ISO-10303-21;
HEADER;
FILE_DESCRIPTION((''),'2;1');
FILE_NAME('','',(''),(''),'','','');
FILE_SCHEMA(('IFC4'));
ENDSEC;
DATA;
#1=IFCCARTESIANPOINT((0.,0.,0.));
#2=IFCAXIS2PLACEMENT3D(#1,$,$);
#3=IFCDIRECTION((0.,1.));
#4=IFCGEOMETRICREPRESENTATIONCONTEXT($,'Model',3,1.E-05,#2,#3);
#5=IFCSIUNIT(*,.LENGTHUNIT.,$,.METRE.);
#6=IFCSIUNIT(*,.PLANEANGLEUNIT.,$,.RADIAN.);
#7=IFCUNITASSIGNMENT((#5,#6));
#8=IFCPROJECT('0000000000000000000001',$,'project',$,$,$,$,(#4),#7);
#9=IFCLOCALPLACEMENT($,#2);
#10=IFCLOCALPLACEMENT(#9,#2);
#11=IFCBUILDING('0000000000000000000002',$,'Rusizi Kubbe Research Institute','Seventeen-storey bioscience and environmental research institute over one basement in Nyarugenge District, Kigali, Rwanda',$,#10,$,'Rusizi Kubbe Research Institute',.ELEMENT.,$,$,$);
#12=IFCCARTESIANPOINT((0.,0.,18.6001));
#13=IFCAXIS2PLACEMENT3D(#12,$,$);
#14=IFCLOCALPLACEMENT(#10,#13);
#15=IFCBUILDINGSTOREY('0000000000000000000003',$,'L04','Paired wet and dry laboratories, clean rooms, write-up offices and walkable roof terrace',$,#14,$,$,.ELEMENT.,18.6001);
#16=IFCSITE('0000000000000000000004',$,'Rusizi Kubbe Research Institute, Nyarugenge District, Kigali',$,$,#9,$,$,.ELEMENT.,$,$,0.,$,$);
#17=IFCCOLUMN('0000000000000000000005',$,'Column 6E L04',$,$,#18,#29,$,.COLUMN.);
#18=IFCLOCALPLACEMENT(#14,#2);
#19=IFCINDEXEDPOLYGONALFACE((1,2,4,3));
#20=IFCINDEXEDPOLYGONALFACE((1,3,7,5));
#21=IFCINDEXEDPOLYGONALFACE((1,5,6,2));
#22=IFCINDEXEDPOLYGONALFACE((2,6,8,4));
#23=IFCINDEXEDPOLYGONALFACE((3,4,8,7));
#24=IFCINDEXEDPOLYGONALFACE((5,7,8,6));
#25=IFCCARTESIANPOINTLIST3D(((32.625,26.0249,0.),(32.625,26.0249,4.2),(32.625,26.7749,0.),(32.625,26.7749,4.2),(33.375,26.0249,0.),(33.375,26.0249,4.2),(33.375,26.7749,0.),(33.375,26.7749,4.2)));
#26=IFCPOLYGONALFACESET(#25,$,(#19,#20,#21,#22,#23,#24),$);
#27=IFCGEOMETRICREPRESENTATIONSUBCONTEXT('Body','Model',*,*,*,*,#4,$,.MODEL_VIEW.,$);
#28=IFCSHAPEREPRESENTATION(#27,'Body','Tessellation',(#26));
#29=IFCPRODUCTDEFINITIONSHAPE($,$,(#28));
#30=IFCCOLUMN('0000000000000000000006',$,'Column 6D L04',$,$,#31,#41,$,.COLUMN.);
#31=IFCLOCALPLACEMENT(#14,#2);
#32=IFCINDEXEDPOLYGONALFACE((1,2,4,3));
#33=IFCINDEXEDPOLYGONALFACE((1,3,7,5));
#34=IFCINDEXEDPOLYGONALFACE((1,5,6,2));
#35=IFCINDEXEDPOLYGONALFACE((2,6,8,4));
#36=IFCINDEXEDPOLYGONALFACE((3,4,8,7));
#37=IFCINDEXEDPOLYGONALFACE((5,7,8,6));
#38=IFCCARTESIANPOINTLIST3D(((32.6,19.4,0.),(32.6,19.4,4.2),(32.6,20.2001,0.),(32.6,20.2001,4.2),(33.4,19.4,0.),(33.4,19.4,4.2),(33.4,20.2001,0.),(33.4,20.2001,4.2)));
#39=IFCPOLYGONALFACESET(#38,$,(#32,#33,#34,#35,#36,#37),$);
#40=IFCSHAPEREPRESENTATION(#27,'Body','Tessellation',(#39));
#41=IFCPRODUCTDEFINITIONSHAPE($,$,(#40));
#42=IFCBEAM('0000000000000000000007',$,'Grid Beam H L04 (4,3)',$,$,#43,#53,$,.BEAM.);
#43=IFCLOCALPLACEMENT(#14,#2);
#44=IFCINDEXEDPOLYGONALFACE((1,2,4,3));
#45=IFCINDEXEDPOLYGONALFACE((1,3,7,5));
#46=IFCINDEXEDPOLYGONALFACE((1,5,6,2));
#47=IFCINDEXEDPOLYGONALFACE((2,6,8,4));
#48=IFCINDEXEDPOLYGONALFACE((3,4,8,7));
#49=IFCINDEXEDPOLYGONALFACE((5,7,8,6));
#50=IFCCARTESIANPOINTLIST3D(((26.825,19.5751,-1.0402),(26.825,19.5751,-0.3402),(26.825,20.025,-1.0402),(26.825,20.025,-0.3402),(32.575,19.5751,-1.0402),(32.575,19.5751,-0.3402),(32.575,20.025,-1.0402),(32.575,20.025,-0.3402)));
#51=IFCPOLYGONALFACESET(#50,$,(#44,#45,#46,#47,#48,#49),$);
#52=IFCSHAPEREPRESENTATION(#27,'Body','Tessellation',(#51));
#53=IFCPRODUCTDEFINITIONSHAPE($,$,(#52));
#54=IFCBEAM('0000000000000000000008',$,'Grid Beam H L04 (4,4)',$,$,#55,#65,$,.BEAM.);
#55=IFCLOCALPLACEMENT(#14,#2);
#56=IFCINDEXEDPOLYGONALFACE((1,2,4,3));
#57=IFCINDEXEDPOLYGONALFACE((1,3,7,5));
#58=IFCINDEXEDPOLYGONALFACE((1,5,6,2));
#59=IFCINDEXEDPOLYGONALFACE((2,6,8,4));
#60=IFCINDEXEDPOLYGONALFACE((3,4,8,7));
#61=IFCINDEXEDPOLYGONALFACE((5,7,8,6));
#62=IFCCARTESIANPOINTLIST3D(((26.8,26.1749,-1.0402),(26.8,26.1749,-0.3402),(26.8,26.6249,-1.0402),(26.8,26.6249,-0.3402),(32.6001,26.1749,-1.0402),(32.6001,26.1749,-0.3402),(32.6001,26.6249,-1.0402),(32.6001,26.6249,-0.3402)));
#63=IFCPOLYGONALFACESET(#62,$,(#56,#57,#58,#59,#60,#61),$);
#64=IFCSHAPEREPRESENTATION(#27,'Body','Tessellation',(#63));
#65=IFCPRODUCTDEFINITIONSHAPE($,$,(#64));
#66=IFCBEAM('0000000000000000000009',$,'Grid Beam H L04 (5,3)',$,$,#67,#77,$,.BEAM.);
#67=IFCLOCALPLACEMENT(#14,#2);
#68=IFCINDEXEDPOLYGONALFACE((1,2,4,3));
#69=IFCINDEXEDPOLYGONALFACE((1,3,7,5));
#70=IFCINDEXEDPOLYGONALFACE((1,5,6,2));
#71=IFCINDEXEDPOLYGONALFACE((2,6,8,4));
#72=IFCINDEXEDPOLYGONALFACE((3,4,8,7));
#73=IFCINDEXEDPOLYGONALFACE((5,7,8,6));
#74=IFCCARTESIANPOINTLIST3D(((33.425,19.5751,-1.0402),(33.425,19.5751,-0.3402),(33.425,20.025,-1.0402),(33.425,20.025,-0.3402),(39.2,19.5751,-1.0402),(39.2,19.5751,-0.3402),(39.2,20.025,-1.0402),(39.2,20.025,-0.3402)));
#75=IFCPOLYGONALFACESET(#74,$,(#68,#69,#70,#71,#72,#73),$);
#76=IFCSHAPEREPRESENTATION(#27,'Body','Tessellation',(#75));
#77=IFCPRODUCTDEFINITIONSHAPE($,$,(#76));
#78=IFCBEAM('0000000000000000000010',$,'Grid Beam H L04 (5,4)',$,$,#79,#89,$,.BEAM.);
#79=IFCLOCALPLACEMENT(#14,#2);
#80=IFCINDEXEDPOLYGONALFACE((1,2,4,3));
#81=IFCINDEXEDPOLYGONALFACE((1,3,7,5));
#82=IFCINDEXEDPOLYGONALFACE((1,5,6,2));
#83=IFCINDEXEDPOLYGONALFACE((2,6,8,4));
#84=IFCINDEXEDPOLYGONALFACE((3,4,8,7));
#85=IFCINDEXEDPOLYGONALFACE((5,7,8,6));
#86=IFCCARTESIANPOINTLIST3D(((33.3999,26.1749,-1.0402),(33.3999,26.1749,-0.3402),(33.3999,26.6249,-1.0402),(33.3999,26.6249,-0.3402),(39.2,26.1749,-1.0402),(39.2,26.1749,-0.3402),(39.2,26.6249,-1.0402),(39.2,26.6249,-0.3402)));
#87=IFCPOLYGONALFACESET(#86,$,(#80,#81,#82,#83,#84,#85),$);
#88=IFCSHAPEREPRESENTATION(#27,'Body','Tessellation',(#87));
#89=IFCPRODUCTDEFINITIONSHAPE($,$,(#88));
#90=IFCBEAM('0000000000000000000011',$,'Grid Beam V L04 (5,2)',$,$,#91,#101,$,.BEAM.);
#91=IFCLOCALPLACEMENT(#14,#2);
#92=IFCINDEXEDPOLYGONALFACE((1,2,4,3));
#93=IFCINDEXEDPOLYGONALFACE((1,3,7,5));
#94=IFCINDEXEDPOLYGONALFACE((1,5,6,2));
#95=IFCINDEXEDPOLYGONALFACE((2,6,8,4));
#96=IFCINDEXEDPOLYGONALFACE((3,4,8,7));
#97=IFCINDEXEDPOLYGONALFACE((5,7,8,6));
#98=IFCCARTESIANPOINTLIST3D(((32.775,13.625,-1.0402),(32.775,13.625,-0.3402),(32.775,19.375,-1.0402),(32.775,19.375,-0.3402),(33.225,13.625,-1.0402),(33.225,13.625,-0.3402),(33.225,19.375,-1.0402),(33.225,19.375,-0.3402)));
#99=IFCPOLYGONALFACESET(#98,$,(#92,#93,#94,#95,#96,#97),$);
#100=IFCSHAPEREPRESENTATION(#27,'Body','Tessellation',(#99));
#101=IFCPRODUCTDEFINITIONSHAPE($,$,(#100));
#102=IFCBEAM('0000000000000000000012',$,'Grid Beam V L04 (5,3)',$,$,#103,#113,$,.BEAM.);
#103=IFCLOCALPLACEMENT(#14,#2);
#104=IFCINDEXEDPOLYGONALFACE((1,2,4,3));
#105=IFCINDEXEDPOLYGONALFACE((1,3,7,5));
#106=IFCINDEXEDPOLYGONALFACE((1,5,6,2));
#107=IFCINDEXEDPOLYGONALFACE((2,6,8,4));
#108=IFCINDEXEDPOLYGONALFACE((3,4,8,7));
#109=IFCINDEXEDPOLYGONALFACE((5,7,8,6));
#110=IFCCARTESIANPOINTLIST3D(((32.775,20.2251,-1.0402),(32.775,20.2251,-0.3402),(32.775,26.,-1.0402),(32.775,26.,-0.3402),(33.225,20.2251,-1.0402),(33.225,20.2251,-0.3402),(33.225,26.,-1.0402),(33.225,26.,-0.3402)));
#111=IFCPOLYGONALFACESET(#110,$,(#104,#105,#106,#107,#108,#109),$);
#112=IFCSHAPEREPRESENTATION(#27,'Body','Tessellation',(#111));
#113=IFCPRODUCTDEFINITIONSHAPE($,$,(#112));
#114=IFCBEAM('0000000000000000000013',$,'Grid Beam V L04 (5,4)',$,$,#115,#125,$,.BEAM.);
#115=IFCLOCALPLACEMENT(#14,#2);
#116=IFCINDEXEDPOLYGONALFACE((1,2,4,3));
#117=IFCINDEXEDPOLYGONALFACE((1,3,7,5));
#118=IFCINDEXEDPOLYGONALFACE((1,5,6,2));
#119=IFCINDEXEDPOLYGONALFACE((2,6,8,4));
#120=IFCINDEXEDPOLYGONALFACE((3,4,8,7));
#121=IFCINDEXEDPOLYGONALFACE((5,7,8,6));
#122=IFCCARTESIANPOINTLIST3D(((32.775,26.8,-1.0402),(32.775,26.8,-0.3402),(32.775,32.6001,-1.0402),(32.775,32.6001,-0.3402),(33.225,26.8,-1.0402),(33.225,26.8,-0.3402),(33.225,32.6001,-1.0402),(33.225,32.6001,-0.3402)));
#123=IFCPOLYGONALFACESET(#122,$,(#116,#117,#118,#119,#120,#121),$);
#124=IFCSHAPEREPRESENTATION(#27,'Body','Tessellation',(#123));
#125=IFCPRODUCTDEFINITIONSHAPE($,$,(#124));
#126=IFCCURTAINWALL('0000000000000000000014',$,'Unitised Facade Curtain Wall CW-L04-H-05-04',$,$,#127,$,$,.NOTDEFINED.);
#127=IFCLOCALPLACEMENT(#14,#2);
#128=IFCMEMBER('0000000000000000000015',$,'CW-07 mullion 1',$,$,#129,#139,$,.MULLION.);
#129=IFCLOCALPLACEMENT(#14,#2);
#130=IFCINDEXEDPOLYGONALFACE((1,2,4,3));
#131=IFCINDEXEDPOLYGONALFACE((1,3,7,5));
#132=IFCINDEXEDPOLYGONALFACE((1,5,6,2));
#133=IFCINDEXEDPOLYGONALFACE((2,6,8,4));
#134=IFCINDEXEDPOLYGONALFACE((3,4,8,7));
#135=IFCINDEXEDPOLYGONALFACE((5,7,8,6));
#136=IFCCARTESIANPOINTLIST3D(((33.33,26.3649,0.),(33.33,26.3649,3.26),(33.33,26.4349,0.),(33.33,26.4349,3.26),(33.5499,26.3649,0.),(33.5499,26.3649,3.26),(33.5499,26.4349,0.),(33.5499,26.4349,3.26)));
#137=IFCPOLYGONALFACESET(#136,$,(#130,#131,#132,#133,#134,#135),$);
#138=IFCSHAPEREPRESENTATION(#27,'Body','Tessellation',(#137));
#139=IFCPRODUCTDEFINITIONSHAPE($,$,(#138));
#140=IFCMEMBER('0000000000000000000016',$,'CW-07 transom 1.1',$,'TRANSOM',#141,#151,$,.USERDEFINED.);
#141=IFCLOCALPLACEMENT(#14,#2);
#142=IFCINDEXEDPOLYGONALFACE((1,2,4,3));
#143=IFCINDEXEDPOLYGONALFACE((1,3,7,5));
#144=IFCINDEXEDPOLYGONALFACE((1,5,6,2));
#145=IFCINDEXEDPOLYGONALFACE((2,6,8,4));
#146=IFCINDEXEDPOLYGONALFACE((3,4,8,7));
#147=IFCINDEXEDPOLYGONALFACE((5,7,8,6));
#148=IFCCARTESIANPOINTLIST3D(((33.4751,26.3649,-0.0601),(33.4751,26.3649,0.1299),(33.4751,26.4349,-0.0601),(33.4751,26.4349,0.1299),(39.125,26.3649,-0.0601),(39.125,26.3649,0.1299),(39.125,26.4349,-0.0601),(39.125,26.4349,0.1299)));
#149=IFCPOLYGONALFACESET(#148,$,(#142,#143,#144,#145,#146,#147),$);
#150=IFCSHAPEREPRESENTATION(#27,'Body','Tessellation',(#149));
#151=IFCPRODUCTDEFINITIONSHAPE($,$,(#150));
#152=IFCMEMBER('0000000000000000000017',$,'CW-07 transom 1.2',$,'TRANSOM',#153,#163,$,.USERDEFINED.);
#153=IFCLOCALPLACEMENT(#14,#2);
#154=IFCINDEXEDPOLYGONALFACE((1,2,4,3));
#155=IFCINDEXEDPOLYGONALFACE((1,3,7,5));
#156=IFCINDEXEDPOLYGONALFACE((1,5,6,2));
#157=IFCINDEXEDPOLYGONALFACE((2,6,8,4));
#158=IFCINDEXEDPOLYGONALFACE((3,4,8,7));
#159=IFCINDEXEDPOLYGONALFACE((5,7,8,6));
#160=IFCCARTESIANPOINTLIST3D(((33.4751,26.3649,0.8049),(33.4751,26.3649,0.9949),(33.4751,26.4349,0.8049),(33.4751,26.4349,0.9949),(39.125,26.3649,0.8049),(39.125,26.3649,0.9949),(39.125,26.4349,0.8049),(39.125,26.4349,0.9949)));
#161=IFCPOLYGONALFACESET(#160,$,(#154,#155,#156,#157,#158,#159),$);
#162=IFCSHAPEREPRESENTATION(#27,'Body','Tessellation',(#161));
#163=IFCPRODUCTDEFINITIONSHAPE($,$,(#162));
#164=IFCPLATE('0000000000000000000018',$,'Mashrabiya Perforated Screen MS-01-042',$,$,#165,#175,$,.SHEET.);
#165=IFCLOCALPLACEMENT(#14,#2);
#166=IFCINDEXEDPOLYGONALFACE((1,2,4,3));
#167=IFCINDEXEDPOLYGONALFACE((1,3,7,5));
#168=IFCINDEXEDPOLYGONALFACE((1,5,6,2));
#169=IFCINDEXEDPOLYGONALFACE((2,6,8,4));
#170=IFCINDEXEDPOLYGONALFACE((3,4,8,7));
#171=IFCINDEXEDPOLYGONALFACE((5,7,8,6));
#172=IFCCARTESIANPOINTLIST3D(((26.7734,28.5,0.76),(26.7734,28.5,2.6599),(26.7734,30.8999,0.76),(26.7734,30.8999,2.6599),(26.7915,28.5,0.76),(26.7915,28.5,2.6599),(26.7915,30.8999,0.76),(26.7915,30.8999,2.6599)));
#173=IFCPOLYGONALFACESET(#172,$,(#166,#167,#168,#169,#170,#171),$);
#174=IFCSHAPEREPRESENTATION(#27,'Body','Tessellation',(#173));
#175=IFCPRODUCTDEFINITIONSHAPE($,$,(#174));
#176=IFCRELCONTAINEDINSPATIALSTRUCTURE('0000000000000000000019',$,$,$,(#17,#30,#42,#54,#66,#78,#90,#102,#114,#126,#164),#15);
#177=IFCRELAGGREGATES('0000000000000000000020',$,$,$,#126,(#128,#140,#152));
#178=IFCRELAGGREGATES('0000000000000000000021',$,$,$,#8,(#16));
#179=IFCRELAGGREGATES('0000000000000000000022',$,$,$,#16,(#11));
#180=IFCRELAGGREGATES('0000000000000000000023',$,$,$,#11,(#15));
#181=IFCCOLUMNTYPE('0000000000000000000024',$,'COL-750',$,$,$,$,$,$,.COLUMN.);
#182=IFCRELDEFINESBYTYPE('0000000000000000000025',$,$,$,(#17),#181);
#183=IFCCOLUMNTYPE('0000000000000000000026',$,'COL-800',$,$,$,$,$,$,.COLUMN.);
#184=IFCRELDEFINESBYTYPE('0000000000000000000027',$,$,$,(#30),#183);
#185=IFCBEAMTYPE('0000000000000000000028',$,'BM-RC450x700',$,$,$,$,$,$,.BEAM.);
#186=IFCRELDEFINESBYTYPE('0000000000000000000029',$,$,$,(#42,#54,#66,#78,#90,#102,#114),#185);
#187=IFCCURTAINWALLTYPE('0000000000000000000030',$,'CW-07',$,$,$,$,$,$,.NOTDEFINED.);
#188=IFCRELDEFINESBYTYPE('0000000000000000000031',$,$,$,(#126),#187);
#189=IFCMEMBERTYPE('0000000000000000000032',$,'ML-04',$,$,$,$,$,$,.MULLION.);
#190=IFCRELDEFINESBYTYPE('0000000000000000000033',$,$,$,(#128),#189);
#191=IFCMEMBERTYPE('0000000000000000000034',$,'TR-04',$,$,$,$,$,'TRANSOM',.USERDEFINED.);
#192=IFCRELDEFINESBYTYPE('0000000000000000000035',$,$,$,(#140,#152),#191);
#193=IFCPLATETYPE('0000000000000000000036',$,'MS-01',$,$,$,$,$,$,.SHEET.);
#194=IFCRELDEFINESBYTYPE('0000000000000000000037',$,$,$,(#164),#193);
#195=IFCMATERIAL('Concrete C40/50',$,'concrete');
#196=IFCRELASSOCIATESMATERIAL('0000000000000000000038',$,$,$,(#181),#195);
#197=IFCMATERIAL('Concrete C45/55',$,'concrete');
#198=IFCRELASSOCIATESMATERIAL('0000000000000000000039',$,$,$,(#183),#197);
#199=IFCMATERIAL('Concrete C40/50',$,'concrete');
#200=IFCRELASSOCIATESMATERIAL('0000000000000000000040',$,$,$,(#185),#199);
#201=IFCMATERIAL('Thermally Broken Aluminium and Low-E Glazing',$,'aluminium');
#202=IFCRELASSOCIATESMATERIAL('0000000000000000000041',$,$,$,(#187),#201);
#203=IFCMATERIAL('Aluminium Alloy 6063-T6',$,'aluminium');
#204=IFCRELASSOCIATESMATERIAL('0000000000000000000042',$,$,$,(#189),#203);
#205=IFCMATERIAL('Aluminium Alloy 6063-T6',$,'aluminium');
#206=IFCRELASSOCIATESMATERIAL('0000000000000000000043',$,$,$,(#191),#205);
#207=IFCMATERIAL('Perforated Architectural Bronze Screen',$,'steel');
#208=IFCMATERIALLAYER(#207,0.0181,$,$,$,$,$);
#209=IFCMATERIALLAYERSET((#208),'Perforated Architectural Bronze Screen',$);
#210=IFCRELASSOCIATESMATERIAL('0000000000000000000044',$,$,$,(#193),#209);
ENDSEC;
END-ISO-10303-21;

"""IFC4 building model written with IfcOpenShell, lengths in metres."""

from ifc_helpers import new_model, si_unit, direction, frame, origin, origin_2d, place, context, subcontext, project, spatial, rectangle, extrude, material, layer, layer_set, material_profile, profile_set, type_object, element, aggregate, save


model = new_model("IFC4")

# Units and contexts
model_context = context("Model", 3, precision=1e-05, world=origin(), true_north=direction((0.0, 1.0)))
body_context = subcontext(model_context, "Body", "Model", "MODEL_VIEW")
ifc_project = project(units=[si_unit("LENGTHUNIT", "METRE"), si_unit("PLANEANGLEUNIT", "RADIAN")], contexts=[model_context])

# Site, building, storey
site_placement = place(None, origin())
site = spatial("IfcSite", under=ifc_project, at=site_placement, Name="Rusizi Kubbe Research Institute, Nyarugenge District, Kigali", CompositionType="ELEMENT", RefElevation=0.0)
building_placement = place(site_placement, origin())
building = spatial("IfcBuilding", under=site, at=building_placement, Name="Rusizi Kubbe Research Institute", Description="Seventeen-storey bioscience and environmental research institute over one basement in Nyarugenge District, Kigali, Rwanda", LongName="Rusizi Kubbe Research Institute", CompositionType="ELEMENT")
storey_placement = place(building_placement, frame((0.0, 0.0, 18.6001)))
storey = spatial("IfcBuildingStorey", under=building, at=storey_placement, Name="L04", Description="Paired wet and dry laboratories, clean rooms, write-up offices and walkable roof terrace", CompositionType="ELEMENT", Elevation=18.6001)

# Columns
ifc_material_1 = material(Name="Concrete C40/50", Category="concrete")
ifc_material_profile_1 = material_profile(ifc_material_1, rectangle(XDim=0.75, YDim=0.75, at=origin_2d()), Name="RC750x750")
ifc_profile_set_1 = profile_set([ifc_material_profile_1], Name="Concrete C40/50")
column_type_1 = type_object("IfcColumnType", Name="COL-750", PredefinedType="COLUMN", material=ifc_profile_set_1)
column_1_placement = place(storey_placement, frame((33.0, 26.3999, 0.0), z_axis=(0.0, 0.0, 1.0), x_axis=(1.0, 0.0, 0.0)))
element("IfcColumn", 1, at=column_1_placement, inside=storey, type_object=column_type_1, Name="Column 6E L04", PredefinedType="COLUMN", context=body_context, shape_type="SweptSolid", body=[
    extrude(rectangle(XDim=0.75, YDim=0.75, at=origin_2d()), origin(), (0.0, 0.0, 1.0), 4.2),
])
ifc_material_2 = material(Name="Concrete C45/55", Category="concrete")
ifc_material_profile_2 = material_profile(ifc_material_2, rectangle(XDim=0.8, YDim=0.8, at=origin_2d()), Name="RC800x800")
ifc_profile_set_2 = profile_set([ifc_material_profile_2], Name="Concrete C45/55")
column_type_2 = type_object("IfcColumnType", Name="COL-800", PredefinedType="COLUMN", material=ifc_profile_set_2)
column_2_placement = place(storey_placement, frame((33.0, 19.8, 0.0), z_axis=(0.0, 0.0, 1.0), x_axis=(1.0, 0.0, 0.0)))
element("IfcColumn", 2, at=column_2_placement, inside=storey, type_object=column_type_2, Name="Column 6D L04", PredefinedType="COLUMN", context=body_context, shape_type="SweptSolid", body=[
    extrude(rectangle(XDim=0.8, YDim=0.8, at=origin_2d()), origin(), (0.0, 0.0, 1.0), 4.2),
])

# Beams
ifc_material_3 = material(Name="Concrete C40/50", Category="concrete")
ifc_material_profile_3 = material_profile(ifc_material_3, rectangle(XDim=0.45, YDim=0.7, at=origin_2d()), Name="RC450x700B")
ifc_profile_set_3 = profile_set([ifc_material_profile_3], Name="Concrete C40/50")
beam_type = type_object("IfcBeamType", Name="BM-RC450x700", PredefinedType="BEAM", material=ifc_profile_set_3)
beam_1_placement = place(storey_placement, frame((26.825, 19.8, -0.6902), z_axis=(1.0, 0.0, 0.0), x_axis=(0.0, 1.0, 0.0)))
element("IfcBeam", 3, at=beam_1_placement, inside=storey, type_object=beam_type, Name="Grid Beam H L04 (4,3)", PredefinedType="BEAM", context=body_context, shape_type="SweptSolid", body=[
    extrude(rectangle(XDim=0.45, YDim=0.7, at=origin_2d()), origin(), (0.0, 0.0, 1.0), 5.75),
])
beam_2_placement = place(storey_placement, frame((26.8, 26.3999, -0.6902), z_axis=(1.0, 0.0, 0.0), x_axis=(0.0, 1.0, 0.0)))
element("IfcBeam", 4, at=beam_2_placement, inside=storey, type_object=beam_type, Name="Grid Beam H L04 (4,4)", PredefinedType="BEAM", context=body_context, shape_type="SweptSolid", body=[
    extrude(rectangle(XDim=0.45, YDim=0.7, at=origin_2d()), origin(), (0.0, 0.0, 1.0), 5.8),
])
beam_3_placement = place(storey_placement, frame((33.425, 19.8, -0.6902), z_axis=(1.0, 0.0, 0.0), x_axis=(0.0, 1.0, 0.0)))
element("IfcBeam", 5, at=beam_3_placement, inside=storey, type_object=beam_type, Name="Grid Beam H L04 (5,3)", PredefinedType="BEAM", context=body_context, shape_type="SweptSolid", body=[
    extrude(rectangle(XDim=0.45, YDim=0.7, at=origin_2d()), origin(), (0.0, 0.0, 1.0), 5.7749),
])
beam_4_placement = place(storey_placement, frame((33.3999, 26.3999, -0.6902), z_axis=(1.0, 0.0, 0.0), x_axis=(0.0, 1.0, 0.0)))
element("IfcBeam", 6, at=beam_4_placement, inside=storey, type_object=beam_type, Name="Grid Beam H L04 (5,4)", PredefinedType="BEAM", context=body_context, shape_type="SweptSolid", body=[
    extrude(rectangle(XDim=0.45, YDim=0.7, at=origin_2d()), origin(), (0.0, 0.0, 1.0), 5.8),
])
beam_5_placement = place(storey_placement, frame((33.0, 13.625, -0.6902), z_axis=(0.0, 1.0, 0.0), x_axis=(-1.0, 0.0, 0.0)))
element("IfcBeam", 7, at=beam_5_placement, inside=storey, type_object=beam_type, Name="Grid Beam V L04 (5,2)", PredefinedType="BEAM", context=body_context, shape_type="SweptSolid", body=[
    extrude(rectangle(XDim=0.45, YDim=0.7, at=origin_2d()), origin(), (0.0, 0.0, 1.0), 5.75),
])
beam_6_placement = place(storey_placement, frame((33.0, 20.2251, -0.6902), z_axis=(0.0, 1.0, 0.0), x_axis=(-1.0, 0.0, 0.0)))
element("IfcBeam", 8, at=beam_6_placement, inside=storey, type_object=beam_type, Name="Grid Beam V L04 (5,3)", PredefinedType="BEAM", context=body_context, shape_type="SweptSolid", body=[
    extrude(rectangle(XDim=0.45, YDim=0.7, at=origin_2d()), origin(), (0.0, 0.0, 1.0), 5.7749),
])
beam_7_placement = place(storey_placement, frame((33.0, 26.8, -0.6902), z_axis=(0.0, 1.0, 0.0), x_axis=(-1.0, 0.0, 0.0)))
element("IfcBeam", 9, at=beam_7_placement, inside=storey, type_object=beam_type, Name="Grid Beam V L04 (5,4)", PredefinedType="BEAM", context=body_context, shape_type="SweptSolid", body=[
    extrude(rectangle(XDim=0.45, YDim=0.7, at=origin_2d()), origin(), (0.0, 0.0, 1.0), 5.8),
])

# Curtain wall, members
ifc_material_4 = material(Name="Thermally Broken Aluminium and Low-E Glazing", Category="aluminium")
curtain_wall_type = type_object("IfcCurtainWallType", Name="CW-07", PredefinedType="NOTDEFINED", material=ifc_material_4)
curtain_wall_placement = place(storey_placement, origin())
curtain_wall = element("IfcCurtainWall", 10, at=curtain_wall_placement, inside=storey, type_object=curtain_wall_type, Name="Unitised Facade Curtain Wall CW-L04-H-05-04", PredefinedType="NOTDEFINED")
ifc_material_5 = material(Name="Aluminium Alloy 6063-T6", Category="aluminium")
ifc_material_profile_4 = material_profile(ifc_material_5, rectangle(XDim=0.0701, YDim=0.22, at=origin_2d()), Name="ALU-M 70x220")
ifc_profile_set_4 = profile_set([ifc_material_profile_4], Name="Aluminium Alloy 6063-T6")
member_type_1 = type_object("IfcMemberType", Name="ML-04", PredefinedType="MULLION", material=ifc_profile_set_4)
member_1_placement = place(storey_placement, frame((33.4399, 26.3999, 0.0), z_axis=(0.0, 0.0, 1.0), x_axis=(0.0, 1.0, 0.0)))
member_1 = element("IfcMember", 11, at=member_1_placement, type_object=member_type_1, Name="CW-07 mullion 1", PredefinedType="MULLION", context=body_context, shape_type="SweptSolid", body=[
    extrude(rectangle(XDim=0.0701, YDim=0.22, at=origin_2d()), origin(), (0.0, 0.0, 1.0), 3.26),
])
ifc_material_6 = material(Name="Aluminium Alloy 6063-T6", Category="aluminium")
ifc_material_profile_5 = material_profile(ifc_material_6, rectangle(XDim=0.0701, YDim=0.1899, at=origin_2d()), Name="ALU-T 70x190")
ifc_profile_set_5 = profile_set([ifc_material_profile_5], Name="Aluminium Alloy 6063-T6")
member_type_2 = type_object("IfcMemberType", Name="TR-04", ElementType="TRANSOM", PredefinedType="USERDEFINED", material=ifc_profile_set_5)
member_2_placement = place(storey_placement, frame((33.4751, 26.3999, 0.0349), z_axis=(1.0, 0.0, 0.0), x_axis=(0.0, 1.0, 0.0)))
member_2 = element("IfcMember", 12, at=member_2_placement, type_object=member_type_2, Name="CW-07 transom 1.1", ObjectType="TRANSOM", PredefinedType="USERDEFINED", context=body_context, shape_type="SweptSolid", body=[
    extrude(rectangle(XDim=0.0701, YDim=0.1899, at=origin_2d()), origin(), (0.0, 0.0, 1.0), 5.6499),
])
member_3_placement = place(storey_placement, frame((33.4751, 26.3999, 0.8999), z_axis=(1.0, 0.0, 0.0), x_axis=(0.0, 1.0, 0.0)))
member_3 = element("IfcMember", 13, at=member_3_placement, type_object=member_type_2, Name="CW-07 transom 1.2", ObjectType="TRANSOM", PredefinedType="USERDEFINED", context=body_context, shape_type="SweptSolid", body=[
    extrude(rectangle(XDim=0.0701, YDim=0.1899, at=origin_2d()), origin(), (0.0, 0.0, 1.0), 5.6499),
])
aggregate(curtain_wall, [member_1, member_2, member_3])

# Plate
ifc_material_7 = material(Name="Perforated Architectural Bronze Screen", Category="steel")
ifc_layer_1 = layer(ifc_material_7, 0.0181)
ifc_layer_set_1 = layer_set([ifc_layer_1], Name="Perforated Architectural Bronze Screen")
plate_type = type_object("IfcPlateType", Name="MS-01", PredefinedType="SHEET", material=ifc_layer_set_1)
plate_placement = place(storey_placement, frame((26.7825, 29.7, 0.76), z_axis=(0.0, 0.0, 1.0), x_axis=(0.0, 1.0, 0.0)))
element("IfcPlate", 14, at=plate_placement, inside=storey, type_object=plate_type, Name="Mashrabiya Perforated Screen MS-01-042", PredefinedType="SHEET", context=body_context, shape_type="SweptSolid", body=[
    extrude(rectangle(XDim=2.3999, YDim=0.0181, at=origin_2d()), origin(), (0.0, 0.0, 1.0), 1.8999),
])

save(model, "model.ifc")
